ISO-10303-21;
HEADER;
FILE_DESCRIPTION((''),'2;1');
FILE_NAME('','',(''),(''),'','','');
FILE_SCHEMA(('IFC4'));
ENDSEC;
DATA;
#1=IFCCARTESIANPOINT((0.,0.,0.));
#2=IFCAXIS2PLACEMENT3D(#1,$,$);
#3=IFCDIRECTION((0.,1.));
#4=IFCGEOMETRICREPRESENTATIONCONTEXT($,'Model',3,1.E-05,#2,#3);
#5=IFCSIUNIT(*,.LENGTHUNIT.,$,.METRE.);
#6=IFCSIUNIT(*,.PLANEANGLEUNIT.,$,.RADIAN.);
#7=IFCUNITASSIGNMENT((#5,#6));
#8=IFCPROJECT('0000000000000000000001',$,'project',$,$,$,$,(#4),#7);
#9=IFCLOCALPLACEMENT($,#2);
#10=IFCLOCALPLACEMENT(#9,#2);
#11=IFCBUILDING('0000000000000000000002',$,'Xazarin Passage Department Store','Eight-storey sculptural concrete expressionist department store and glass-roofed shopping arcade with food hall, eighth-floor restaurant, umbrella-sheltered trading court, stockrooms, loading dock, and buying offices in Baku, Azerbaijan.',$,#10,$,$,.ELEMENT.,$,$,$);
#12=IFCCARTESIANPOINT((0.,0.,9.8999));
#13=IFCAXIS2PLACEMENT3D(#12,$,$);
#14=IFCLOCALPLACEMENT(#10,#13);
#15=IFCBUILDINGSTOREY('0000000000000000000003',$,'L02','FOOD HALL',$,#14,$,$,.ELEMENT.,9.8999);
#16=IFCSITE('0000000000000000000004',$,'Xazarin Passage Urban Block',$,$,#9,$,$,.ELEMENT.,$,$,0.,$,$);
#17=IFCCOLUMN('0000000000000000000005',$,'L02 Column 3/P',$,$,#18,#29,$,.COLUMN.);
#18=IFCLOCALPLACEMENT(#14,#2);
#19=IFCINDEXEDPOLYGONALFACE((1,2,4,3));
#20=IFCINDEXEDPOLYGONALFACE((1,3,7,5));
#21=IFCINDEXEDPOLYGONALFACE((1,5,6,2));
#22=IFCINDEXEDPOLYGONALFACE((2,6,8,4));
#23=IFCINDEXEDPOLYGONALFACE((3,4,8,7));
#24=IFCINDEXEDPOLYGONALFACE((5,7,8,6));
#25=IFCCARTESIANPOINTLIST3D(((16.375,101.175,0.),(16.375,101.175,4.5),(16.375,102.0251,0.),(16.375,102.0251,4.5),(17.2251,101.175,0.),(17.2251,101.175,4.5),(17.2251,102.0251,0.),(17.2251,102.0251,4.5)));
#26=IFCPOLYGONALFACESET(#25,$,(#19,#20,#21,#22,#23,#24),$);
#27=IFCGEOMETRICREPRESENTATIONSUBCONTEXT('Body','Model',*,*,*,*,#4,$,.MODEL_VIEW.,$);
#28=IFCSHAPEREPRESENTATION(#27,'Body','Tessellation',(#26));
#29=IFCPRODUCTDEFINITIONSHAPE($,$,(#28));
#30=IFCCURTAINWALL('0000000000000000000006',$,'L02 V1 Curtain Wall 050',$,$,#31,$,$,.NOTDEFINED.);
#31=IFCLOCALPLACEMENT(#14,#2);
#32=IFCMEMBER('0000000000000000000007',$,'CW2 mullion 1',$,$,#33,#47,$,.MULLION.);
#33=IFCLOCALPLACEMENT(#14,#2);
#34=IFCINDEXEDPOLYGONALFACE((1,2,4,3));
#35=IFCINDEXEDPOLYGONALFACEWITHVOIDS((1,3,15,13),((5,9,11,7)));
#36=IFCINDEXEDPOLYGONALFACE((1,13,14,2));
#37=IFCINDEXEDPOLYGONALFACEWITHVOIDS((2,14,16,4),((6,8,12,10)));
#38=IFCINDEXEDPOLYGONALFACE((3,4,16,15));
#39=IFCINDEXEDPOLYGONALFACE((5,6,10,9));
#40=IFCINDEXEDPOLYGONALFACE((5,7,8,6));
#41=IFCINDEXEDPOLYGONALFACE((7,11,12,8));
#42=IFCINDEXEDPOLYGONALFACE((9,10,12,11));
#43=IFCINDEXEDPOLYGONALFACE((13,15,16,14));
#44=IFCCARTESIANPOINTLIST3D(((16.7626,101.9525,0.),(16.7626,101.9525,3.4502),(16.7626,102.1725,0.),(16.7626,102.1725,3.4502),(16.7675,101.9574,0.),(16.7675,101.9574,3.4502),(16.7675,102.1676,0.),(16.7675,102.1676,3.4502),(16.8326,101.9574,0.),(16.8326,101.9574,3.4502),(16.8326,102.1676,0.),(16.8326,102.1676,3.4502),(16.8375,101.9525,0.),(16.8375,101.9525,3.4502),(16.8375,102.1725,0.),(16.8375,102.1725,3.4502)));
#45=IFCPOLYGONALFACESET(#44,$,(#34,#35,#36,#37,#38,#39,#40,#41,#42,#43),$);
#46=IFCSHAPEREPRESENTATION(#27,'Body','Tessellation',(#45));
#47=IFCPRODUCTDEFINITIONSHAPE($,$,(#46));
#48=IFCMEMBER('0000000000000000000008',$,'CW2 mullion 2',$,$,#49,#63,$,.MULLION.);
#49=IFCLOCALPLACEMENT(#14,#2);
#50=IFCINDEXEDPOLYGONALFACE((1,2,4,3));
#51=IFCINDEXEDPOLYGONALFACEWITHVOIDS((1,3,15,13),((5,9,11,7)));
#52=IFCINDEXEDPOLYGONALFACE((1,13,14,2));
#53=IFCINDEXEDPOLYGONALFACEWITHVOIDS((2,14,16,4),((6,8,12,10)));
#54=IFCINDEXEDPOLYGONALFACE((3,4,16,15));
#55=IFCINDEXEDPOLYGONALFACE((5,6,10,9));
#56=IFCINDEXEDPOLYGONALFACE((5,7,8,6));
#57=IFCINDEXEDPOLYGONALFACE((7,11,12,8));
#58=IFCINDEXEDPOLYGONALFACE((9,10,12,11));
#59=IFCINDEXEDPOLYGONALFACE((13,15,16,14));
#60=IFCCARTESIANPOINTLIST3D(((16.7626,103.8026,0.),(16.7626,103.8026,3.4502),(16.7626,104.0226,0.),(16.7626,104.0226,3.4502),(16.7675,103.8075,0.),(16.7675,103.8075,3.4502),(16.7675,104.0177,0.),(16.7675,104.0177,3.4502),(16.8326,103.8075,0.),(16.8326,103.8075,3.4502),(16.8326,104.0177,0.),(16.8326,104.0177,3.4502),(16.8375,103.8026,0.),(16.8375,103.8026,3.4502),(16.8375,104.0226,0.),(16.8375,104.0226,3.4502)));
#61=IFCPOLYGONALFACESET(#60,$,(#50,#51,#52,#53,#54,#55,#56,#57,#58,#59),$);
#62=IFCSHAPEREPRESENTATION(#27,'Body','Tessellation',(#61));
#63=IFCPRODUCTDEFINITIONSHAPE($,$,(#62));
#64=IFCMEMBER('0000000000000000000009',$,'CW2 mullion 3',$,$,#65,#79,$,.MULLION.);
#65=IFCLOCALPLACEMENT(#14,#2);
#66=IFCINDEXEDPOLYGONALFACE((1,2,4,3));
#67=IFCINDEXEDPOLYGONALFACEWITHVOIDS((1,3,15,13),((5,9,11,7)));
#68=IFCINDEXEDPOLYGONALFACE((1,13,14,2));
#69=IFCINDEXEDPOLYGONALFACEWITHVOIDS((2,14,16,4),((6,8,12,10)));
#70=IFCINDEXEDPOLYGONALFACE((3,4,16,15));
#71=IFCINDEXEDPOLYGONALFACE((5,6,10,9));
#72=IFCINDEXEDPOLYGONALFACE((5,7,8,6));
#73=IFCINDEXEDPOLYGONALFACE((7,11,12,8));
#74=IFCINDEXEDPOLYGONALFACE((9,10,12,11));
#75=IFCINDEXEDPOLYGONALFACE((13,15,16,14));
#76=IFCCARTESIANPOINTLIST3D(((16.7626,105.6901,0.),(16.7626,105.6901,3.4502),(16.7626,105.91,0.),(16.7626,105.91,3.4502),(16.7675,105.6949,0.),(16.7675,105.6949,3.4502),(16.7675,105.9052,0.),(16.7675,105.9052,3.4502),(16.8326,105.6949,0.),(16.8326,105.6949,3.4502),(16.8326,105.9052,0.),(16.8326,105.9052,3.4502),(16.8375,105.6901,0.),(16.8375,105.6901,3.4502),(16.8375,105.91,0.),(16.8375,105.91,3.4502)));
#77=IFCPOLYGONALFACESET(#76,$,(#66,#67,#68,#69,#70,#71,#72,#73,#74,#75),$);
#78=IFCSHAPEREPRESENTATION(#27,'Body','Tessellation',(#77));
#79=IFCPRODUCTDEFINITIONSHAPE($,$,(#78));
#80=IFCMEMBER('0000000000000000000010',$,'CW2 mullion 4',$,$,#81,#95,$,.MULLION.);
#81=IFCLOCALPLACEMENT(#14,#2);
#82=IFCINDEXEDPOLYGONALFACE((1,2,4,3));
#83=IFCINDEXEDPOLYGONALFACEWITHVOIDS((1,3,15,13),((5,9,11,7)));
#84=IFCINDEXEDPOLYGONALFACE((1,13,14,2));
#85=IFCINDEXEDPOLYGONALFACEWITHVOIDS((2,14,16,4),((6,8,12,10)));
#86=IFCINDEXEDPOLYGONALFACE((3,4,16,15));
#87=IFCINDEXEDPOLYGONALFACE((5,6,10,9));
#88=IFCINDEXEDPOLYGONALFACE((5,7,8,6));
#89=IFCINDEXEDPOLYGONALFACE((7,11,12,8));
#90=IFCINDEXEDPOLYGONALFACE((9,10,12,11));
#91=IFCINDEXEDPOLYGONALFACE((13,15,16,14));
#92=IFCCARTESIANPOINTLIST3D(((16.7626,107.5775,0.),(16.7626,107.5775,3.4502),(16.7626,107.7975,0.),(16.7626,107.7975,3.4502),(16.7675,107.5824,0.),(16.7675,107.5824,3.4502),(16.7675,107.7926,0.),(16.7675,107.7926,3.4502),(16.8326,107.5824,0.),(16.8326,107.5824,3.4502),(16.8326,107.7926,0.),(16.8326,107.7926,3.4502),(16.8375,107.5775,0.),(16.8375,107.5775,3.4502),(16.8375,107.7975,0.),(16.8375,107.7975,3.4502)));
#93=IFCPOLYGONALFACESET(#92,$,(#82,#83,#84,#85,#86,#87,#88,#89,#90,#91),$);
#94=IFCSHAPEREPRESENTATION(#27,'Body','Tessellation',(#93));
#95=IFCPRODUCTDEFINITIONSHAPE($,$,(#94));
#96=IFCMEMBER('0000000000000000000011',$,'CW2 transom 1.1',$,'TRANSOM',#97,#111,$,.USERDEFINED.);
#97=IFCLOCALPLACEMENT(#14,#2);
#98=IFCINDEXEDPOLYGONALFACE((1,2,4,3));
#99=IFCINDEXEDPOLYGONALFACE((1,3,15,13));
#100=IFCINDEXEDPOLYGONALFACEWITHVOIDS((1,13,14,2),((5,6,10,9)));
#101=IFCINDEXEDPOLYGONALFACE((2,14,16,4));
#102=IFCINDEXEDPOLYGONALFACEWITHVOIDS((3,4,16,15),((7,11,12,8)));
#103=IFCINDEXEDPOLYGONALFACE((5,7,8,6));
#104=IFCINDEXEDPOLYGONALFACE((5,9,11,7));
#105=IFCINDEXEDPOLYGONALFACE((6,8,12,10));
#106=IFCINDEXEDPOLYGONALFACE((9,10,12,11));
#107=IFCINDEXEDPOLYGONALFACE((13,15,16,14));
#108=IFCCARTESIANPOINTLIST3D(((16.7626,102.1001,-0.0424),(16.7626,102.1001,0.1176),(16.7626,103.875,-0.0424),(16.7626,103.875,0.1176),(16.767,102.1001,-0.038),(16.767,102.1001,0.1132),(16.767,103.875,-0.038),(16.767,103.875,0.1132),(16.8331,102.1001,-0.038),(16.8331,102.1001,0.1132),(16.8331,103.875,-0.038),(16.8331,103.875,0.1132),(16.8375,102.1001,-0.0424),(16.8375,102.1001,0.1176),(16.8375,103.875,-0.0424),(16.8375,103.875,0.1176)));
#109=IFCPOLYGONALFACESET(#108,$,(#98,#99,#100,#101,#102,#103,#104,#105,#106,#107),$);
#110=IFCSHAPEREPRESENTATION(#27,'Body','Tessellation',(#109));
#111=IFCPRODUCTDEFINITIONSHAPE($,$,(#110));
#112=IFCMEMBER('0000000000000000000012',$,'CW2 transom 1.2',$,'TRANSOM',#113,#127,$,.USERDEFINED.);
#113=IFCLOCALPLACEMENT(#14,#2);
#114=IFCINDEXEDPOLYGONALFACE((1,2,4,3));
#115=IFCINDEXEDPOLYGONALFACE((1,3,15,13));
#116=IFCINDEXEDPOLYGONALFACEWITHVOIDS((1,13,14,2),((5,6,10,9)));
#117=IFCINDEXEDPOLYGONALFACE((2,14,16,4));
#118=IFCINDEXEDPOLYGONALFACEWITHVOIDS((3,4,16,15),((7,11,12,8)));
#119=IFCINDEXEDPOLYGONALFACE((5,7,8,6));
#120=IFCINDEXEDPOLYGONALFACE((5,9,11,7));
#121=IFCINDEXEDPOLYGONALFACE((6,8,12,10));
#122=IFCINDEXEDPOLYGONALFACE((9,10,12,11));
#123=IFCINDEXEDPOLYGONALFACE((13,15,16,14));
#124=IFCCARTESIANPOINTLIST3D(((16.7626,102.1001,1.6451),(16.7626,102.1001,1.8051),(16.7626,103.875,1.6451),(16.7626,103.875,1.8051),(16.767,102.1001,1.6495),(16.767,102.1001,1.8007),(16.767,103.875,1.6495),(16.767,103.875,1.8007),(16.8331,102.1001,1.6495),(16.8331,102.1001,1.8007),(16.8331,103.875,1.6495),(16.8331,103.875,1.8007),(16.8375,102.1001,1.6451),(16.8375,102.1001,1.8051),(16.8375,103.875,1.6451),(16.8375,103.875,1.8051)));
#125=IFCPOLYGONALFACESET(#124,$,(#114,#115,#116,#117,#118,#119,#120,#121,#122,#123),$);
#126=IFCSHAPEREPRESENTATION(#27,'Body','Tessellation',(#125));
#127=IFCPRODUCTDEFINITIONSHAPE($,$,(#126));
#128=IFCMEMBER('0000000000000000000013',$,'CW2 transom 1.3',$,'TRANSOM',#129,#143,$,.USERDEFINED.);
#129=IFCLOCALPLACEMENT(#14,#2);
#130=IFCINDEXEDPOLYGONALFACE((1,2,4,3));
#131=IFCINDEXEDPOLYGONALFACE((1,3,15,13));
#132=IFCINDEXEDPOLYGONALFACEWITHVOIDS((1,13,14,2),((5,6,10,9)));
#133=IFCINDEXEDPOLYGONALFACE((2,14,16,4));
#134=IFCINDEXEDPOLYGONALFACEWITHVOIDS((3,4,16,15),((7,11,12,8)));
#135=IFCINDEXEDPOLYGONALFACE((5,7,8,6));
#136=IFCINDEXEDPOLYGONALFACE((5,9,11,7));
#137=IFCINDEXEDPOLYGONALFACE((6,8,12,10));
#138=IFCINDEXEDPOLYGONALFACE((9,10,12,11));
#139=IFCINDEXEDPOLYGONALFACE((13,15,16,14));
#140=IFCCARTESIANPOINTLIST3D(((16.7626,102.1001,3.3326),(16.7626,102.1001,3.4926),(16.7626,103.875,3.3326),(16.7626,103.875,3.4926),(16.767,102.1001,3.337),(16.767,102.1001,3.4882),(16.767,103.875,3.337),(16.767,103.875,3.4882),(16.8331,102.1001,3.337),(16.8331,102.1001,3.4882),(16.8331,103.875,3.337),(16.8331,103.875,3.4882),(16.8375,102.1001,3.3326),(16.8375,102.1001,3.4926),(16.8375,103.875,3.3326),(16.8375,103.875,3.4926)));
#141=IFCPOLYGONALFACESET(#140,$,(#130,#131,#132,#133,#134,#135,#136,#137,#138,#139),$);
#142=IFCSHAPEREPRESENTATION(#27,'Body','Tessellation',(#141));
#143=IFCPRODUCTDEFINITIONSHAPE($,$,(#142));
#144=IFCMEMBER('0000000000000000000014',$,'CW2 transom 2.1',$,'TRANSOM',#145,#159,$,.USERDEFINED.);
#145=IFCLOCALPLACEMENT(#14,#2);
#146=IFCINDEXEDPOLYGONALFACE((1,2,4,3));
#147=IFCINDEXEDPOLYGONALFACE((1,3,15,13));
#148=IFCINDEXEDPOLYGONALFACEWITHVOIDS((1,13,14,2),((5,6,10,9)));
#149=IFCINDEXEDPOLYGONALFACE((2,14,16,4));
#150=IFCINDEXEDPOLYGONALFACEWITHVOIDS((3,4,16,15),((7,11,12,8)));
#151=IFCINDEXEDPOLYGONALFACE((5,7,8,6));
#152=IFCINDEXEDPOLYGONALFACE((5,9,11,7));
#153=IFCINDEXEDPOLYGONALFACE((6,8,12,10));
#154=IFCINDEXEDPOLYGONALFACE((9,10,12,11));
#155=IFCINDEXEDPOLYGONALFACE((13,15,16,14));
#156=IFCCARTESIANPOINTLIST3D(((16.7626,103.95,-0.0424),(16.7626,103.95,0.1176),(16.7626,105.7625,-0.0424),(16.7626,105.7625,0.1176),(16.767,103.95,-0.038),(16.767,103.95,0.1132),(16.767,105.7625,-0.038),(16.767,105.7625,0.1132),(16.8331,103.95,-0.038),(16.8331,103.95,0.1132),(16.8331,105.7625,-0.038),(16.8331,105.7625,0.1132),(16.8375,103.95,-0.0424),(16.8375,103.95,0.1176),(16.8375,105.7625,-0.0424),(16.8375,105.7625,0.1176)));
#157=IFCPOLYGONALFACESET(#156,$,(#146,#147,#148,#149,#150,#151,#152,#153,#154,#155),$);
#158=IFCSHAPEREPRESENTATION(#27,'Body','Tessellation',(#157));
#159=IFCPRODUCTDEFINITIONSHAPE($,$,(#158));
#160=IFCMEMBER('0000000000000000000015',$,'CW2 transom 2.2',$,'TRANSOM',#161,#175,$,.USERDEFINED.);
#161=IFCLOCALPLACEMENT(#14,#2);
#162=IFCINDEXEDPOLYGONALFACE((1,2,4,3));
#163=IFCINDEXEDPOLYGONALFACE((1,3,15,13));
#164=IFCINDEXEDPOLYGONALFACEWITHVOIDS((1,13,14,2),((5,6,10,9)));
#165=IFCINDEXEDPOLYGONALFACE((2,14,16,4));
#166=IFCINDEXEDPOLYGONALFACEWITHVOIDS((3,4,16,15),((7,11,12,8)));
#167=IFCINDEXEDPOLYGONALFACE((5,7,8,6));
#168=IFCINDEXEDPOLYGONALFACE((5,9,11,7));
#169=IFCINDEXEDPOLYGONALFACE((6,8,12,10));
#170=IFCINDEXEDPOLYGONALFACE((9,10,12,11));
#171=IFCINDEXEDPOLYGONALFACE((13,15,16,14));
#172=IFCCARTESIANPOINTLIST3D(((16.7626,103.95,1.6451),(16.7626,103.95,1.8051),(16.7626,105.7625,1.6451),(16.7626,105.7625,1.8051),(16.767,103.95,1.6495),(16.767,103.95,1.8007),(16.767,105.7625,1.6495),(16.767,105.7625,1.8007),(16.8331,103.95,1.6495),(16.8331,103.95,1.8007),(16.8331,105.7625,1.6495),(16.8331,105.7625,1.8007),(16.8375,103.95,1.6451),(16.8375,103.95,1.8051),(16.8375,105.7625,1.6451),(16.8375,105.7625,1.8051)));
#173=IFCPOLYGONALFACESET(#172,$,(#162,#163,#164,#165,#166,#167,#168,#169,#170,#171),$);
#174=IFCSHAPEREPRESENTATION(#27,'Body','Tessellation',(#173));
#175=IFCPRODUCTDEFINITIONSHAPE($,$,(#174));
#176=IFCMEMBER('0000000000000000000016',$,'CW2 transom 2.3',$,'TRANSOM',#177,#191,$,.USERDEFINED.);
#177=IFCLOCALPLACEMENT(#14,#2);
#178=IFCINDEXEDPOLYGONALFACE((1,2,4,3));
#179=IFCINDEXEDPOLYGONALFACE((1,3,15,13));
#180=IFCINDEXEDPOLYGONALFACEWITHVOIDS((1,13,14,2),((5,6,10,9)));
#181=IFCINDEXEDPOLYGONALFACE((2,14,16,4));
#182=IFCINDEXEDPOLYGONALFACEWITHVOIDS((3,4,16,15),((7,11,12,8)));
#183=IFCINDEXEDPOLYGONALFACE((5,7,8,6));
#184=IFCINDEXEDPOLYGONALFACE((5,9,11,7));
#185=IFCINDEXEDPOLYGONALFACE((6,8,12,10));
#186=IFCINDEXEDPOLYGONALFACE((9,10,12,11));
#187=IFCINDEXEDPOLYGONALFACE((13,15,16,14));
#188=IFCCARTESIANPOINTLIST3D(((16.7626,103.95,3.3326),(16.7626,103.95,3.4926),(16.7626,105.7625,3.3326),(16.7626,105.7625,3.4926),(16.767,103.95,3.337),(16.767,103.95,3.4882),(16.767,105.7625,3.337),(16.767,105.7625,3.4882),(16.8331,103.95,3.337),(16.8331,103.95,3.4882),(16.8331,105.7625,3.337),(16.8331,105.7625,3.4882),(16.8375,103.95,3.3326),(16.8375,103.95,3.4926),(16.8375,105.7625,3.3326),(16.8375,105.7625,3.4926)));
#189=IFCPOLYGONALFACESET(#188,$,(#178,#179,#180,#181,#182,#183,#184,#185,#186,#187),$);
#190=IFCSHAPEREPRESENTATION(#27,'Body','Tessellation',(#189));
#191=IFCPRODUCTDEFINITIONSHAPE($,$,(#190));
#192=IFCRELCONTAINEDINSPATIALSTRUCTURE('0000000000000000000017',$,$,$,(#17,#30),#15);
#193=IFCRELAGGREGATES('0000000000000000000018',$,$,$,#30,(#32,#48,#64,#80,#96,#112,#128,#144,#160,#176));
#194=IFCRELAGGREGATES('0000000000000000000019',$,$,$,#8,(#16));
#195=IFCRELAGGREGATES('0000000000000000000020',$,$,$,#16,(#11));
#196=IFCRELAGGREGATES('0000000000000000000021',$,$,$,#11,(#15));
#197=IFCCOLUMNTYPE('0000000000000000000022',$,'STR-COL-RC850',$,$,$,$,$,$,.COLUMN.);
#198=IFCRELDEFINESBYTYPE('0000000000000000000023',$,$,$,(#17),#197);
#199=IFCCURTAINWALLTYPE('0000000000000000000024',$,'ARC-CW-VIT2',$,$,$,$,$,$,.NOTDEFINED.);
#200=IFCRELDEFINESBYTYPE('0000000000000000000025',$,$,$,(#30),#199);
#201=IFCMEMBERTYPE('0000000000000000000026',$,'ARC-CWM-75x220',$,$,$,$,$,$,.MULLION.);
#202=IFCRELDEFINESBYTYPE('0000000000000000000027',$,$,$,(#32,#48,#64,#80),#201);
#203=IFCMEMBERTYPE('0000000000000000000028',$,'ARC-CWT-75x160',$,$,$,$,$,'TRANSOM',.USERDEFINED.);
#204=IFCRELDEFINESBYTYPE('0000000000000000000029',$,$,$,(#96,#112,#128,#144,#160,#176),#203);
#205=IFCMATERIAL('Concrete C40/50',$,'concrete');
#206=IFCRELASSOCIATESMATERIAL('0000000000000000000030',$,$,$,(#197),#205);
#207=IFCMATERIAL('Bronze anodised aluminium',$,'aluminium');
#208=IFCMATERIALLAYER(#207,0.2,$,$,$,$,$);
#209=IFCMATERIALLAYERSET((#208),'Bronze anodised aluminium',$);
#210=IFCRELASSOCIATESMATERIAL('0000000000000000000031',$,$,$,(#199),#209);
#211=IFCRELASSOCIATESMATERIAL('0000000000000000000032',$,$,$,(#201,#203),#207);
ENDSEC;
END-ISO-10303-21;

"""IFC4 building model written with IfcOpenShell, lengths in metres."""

from ifc_helpers import new_model, si_unit, direction, frame, origin, origin_2d, place, context, subcontext, project, spatial, rectangle, hollow_rectangle, extrude, material, layer, layer_set, material_profile, profile_set, type_object, element, aggregate, save


model = new_model("IFC4")

# Units and contexts
model_context = context("Model", 3, precision=1e-05, world=origin(), true_north=direction((0.0, 1.0)))
body_context = subcontext(model_context, "Body", "Model", "MODEL_VIEW")
ifc_project = project(units=[si_unit("LENGTHUNIT", "METRE"), si_unit("PLANEANGLEUNIT", "RADIAN")], contexts=[model_context])

# Site, building, storey
site_placement = place(None, origin())
site = spatial("IfcSite", under=ifc_project, at=site_placement, Name="Xazarin Passage Urban Block", CompositionType="ELEMENT", RefElevation=0.0)
building_placement = place(site_placement, origin())
building = spatial("IfcBuilding", under=site, at=building_placement, Name="Xazarin Passage Department Store", Description="Eight-storey sculptural concrete expressionist department store and glass-roofed shopping arcade with food hall, eighth-floor restaurant, umbrella-sheltered trading court, stockrooms, loading dock, and buying offices in Baku, Azerbaijan.", CompositionType="ELEMENT")
storey_placement = place(building_placement, frame((0.0, 0.0, 9.8999)))
storey = spatial("IfcBuildingStorey", under=building, at=storey_placement, Name="L02", Description="FOOD HALL", CompositionType="ELEMENT", Elevation=9.8999)

# Column
ifc_material_1 = material(Name="Concrete C40/50", Category="concrete")
ifc_material_profile_1 = material_profile(ifc_material_1, rectangle(XDim=0.8501, YDim=0.8501, at=origin_2d()), Name="RC 850x850")
ifc_profile_set_1 = profile_set([ifc_material_profile_1], Name="Concrete C40/50")
column_type = type_object("IfcColumnType", Name="STR-COL-RC850", PredefinedType="COLUMN", material=ifc_profile_set_1)
column_placement = place(storey_placement, frame((16.8, 101.6001, 0.0), z_axis=(0.0, 0.0, 1.0), x_axis=(1.0, 0.0, 0.0)))
element("IfcColumn", 1, at=column_placement, inside=storey, type_object=column_type, Name="L02 Column 3/P", PredefinedType="COLUMN", context=body_context, shape_type="SweptSolid", body=[
    extrude(rectangle(XDim=0.8501, YDim=0.8501, at=origin_2d()), origin(), (0.0, 0.0, 1.0), 4.5),
])

# Curtain wall, members
ifc_material_2 = material(Name="Bronze anodised aluminium", Category="aluminium")
ifc_layer_1 = layer(ifc_material_2, 0.2)
ifc_layer_set_1 = layer_set([ifc_layer_1], Name="Bronze anodised aluminium")
curtain_wall_type = type_object("IfcCurtainWallType", Name="ARC-CW-VIT2", PredefinedType="NOTDEFINED", material=ifc_layer_set_1)
curtain_wall_placement = place(storey_placement, origin())
curtain_wall = element("IfcCurtainWall", 2, at=curtain_wall_placement, inside=storey, type_object=curtain_wall_type, Name="L02 V1 Curtain Wall 050", PredefinedType="NOTDEFINED")
ifc_material_profile_2 = material_profile(ifc_material_2, hollow_rectangle(XDim=0.075, YDim=0.22, WallThickness=0.0049, at=origin_2d()), Name="ALU 75x220")
ifc_profile_set_2 = profile_set([ifc_material_profile_2], Name="Bronze anodised aluminium")
member_type_1 = type_object("IfcMemberType", Name="ARC-CWM-75x220", PredefinedType="MULLION", material=ifc_profile_set_2)
member_1_placement = place(storey_placement, frame((16.8, 102.0625, 0.0), z_axis=(0.0, 0.0, 1.0), x_axis=(-1.0, 0.0, 0.0)))
member_1 = element("IfcMember", 3, at=member_1_placement, type_object=member_type_1, Name="CW2 mullion 1", PredefinedType="MULLION", context=body_context, shape_type="SweptSolid", body=[
    extrude(hollow_rectangle(XDim=0.075, YDim=0.22, WallThickness=0.0049, at=origin_2d()), origin(), (0.0, 0.0, 1.0), 3.4502),
])
member_2_placement = place(storey_placement, frame((16.8, 103.9126, 0.0), z_axis=(0.0, 0.0, 1.0), x_axis=(-1.0, 0.0, 0.0)))
member_2 = element("IfcMember", 4, at=member_2_placement, type_object=member_type_1, Name="CW2 mullion 2", PredefinedType="MULLION", context=body_context, shape_type="SweptSolid", body=[
    extrude(hollow_rectangle(XDim=0.075, YDim=0.22, WallThickness=0.0049, at=origin_2d()), origin(), (0.0, 0.0, 1.0), 3.4502),
])
member_3_placement = place(storey_placement, frame((16.8, 105.8, 0.0), z_axis=(0.0, 0.0, 1.0), x_axis=(-1.0, 0.0, 0.0)))
member_3 = element("IfcMember", 5, at=member_3_placement, type_object=member_type_1, Name="CW2 mullion 3", PredefinedType="MULLION", context=body_context, shape_type="SweptSolid", body=[
    extrude(hollow_rectangle(XDim=0.075, YDim=0.22, WallThickness=0.0049, at=origin_2d()), origin(), (0.0, 0.0, 1.0), 3.4502),
])
member_4_placement = place(storey_placement, frame((16.8, 107.6875, 0.0), z_axis=(0.0, 0.0, 1.0), x_axis=(-1.0, 0.0, 0.0)))
member_4 = element("IfcMember", 6, at=member_4_placement, type_object=member_type_1, Name="CW2 mullion 4", PredefinedType="MULLION", context=body_context, shape_type="SweptSolid", body=[
    extrude(hollow_rectangle(XDim=0.075, YDim=0.22, WallThickness=0.0049, at=origin_2d()), origin(), (0.0, 0.0, 1.0), 3.4502),
])
ifc_material_profile_3 = material_profile(ifc_material_2, hollow_rectangle(XDim=0.075, YDim=0.1599, WallThickness=0.0044, at=origin_2d()), Name="ALU 75x160")
ifc_profile_set_3 = profile_set([ifc_material_profile_3], Name="Bronze anodised aluminium")
member_type_2 = type_object("IfcMemberType", Name="ARC-CWT-75x160", ElementType="TRANSOM", PredefinedType="USERDEFINED", material=ifc_profile_set_3)
member_5_placement = place(storey_placement, frame((16.8, 102.1001, 0.0376), z_axis=(0.0, 1.0, 0.0), x_axis=(-1.0, 0.0, 0.0)))
member_5 = element("IfcMember", 7, at=member_5_placement, type_object=member_type_2, Name="CW2 transom 1.1", ObjectType="TRANSOM", PredefinedType="USERDEFINED", context=body_context, shape_type="SweptSolid", body=[
    extrude(hollow_rectangle(XDim=0.075, YDim=0.1599, WallThickness=0.0044, at=origin_2d()), origin(), (0.0, 0.0, 1.0), 1.7749),
])
member_6_placement = place(storey_placement, frame((16.8, 102.1001, 1.7251), z_axis=(0.0, 1.0, 0.0), x_axis=(-1.0, 0.0, 0.0)))
member_6 = element("IfcMember", 8, at=member_6_placement, type_object=member_type_2, Name="CW2 transom 1.2", ObjectType="TRANSOM", PredefinedType="USERDEFINED", context=body_context, shape_type="SweptSolid", body=[
    extrude(hollow_rectangle(XDim=0.075, YDim=0.1599, WallThickness=0.0044, at=origin_2d()), origin(), (0.0, 0.0, 1.0), 1.7749),
])
member_7_placement = place(storey_placement, frame((16.8, 102.1001, 3.4126), z_axis=(0.0, 1.0, 0.0), x_axis=(-1.0, 0.0, 0.0)))
member_7 = element("IfcMember", 9, at=member_7_placement, type_object=member_type_2, Name="CW2 transom 1.3", ObjectType="TRANSOM", PredefinedType="USERDEFINED", context=body_context, shape_type="SweptSolid", body=[
    extrude(hollow_rectangle(XDim=0.075, YDim=0.1599, WallThickness=0.0044, at=origin_2d()), origin(), (0.0, 0.0, 1.0), 1.7749),
])
member_8_placement = place(storey_placement, frame((16.8, 103.95, 0.0376), z_axis=(0.0, 1.0, 0.0), x_axis=(-1.0, 0.0, 0.0)))
member_8 = element("IfcMember", 10, at=member_8_placement, type_object=member_type_2, Name="CW2 transom 2.1", ObjectType="TRANSOM", PredefinedType="USERDEFINED", context=body_context, shape_type="SweptSolid", body=[
    extrude(hollow_rectangle(XDim=0.075, YDim=0.1599, WallThickness=0.0044, at=origin_2d()), origin(), (0.0, 0.0, 1.0), 1.8125),
])
member_9_placement = place(storey_placement, frame((16.8, 103.95, 1.7251), z_axis=(0.0, 1.0, 0.0), x_axis=(-1.0, 0.0, 0.0)))
member_9 = element("IfcMember", 11, at=member_9_placement, type_object=member_type_2, Name="CW2 transom 2.2", ObjectType="TRANSOM", PredefinedType="USERDEFINED", context=body_context, shape_type="SweptSolid", body=[
    extrude(hollow_rectangle(XDim=0.075, YDim=0.1599, WallThickness=0.0044, at=origin_2d()), origin(), (0.0, 0.0, 1.0), 1.8125),
])
member_10_placement = place(storey_placement, frame((16.8, 103.95, 3.4126), z_axis=(0.0, 1.0, 0.0), x_axis=(-1.0, 0.0, 0.0)))
member_10 = element("IfcMember", 12, at=member_10_placement, type_object=member_type_2, Name="CW2 transom 2.3", ObjectType="TRANSOM", PredefinedType="USERDEFINED", context=body_context, shape_type="SweptSolid", body=[
    extrude(hollow_rectangle(XDim=0.075, YDim=0.1599, WallThickness=0.0044, at=origin_2d()), origin(), (0.0, 0.0, 1.0), 1.8125),
])

aggregate(curtain_wall, [member_1, member_2, member_3, member_4, member_5, member_6, member_7, member_8, member_9, member_10])

save(model, "model.ifc")
